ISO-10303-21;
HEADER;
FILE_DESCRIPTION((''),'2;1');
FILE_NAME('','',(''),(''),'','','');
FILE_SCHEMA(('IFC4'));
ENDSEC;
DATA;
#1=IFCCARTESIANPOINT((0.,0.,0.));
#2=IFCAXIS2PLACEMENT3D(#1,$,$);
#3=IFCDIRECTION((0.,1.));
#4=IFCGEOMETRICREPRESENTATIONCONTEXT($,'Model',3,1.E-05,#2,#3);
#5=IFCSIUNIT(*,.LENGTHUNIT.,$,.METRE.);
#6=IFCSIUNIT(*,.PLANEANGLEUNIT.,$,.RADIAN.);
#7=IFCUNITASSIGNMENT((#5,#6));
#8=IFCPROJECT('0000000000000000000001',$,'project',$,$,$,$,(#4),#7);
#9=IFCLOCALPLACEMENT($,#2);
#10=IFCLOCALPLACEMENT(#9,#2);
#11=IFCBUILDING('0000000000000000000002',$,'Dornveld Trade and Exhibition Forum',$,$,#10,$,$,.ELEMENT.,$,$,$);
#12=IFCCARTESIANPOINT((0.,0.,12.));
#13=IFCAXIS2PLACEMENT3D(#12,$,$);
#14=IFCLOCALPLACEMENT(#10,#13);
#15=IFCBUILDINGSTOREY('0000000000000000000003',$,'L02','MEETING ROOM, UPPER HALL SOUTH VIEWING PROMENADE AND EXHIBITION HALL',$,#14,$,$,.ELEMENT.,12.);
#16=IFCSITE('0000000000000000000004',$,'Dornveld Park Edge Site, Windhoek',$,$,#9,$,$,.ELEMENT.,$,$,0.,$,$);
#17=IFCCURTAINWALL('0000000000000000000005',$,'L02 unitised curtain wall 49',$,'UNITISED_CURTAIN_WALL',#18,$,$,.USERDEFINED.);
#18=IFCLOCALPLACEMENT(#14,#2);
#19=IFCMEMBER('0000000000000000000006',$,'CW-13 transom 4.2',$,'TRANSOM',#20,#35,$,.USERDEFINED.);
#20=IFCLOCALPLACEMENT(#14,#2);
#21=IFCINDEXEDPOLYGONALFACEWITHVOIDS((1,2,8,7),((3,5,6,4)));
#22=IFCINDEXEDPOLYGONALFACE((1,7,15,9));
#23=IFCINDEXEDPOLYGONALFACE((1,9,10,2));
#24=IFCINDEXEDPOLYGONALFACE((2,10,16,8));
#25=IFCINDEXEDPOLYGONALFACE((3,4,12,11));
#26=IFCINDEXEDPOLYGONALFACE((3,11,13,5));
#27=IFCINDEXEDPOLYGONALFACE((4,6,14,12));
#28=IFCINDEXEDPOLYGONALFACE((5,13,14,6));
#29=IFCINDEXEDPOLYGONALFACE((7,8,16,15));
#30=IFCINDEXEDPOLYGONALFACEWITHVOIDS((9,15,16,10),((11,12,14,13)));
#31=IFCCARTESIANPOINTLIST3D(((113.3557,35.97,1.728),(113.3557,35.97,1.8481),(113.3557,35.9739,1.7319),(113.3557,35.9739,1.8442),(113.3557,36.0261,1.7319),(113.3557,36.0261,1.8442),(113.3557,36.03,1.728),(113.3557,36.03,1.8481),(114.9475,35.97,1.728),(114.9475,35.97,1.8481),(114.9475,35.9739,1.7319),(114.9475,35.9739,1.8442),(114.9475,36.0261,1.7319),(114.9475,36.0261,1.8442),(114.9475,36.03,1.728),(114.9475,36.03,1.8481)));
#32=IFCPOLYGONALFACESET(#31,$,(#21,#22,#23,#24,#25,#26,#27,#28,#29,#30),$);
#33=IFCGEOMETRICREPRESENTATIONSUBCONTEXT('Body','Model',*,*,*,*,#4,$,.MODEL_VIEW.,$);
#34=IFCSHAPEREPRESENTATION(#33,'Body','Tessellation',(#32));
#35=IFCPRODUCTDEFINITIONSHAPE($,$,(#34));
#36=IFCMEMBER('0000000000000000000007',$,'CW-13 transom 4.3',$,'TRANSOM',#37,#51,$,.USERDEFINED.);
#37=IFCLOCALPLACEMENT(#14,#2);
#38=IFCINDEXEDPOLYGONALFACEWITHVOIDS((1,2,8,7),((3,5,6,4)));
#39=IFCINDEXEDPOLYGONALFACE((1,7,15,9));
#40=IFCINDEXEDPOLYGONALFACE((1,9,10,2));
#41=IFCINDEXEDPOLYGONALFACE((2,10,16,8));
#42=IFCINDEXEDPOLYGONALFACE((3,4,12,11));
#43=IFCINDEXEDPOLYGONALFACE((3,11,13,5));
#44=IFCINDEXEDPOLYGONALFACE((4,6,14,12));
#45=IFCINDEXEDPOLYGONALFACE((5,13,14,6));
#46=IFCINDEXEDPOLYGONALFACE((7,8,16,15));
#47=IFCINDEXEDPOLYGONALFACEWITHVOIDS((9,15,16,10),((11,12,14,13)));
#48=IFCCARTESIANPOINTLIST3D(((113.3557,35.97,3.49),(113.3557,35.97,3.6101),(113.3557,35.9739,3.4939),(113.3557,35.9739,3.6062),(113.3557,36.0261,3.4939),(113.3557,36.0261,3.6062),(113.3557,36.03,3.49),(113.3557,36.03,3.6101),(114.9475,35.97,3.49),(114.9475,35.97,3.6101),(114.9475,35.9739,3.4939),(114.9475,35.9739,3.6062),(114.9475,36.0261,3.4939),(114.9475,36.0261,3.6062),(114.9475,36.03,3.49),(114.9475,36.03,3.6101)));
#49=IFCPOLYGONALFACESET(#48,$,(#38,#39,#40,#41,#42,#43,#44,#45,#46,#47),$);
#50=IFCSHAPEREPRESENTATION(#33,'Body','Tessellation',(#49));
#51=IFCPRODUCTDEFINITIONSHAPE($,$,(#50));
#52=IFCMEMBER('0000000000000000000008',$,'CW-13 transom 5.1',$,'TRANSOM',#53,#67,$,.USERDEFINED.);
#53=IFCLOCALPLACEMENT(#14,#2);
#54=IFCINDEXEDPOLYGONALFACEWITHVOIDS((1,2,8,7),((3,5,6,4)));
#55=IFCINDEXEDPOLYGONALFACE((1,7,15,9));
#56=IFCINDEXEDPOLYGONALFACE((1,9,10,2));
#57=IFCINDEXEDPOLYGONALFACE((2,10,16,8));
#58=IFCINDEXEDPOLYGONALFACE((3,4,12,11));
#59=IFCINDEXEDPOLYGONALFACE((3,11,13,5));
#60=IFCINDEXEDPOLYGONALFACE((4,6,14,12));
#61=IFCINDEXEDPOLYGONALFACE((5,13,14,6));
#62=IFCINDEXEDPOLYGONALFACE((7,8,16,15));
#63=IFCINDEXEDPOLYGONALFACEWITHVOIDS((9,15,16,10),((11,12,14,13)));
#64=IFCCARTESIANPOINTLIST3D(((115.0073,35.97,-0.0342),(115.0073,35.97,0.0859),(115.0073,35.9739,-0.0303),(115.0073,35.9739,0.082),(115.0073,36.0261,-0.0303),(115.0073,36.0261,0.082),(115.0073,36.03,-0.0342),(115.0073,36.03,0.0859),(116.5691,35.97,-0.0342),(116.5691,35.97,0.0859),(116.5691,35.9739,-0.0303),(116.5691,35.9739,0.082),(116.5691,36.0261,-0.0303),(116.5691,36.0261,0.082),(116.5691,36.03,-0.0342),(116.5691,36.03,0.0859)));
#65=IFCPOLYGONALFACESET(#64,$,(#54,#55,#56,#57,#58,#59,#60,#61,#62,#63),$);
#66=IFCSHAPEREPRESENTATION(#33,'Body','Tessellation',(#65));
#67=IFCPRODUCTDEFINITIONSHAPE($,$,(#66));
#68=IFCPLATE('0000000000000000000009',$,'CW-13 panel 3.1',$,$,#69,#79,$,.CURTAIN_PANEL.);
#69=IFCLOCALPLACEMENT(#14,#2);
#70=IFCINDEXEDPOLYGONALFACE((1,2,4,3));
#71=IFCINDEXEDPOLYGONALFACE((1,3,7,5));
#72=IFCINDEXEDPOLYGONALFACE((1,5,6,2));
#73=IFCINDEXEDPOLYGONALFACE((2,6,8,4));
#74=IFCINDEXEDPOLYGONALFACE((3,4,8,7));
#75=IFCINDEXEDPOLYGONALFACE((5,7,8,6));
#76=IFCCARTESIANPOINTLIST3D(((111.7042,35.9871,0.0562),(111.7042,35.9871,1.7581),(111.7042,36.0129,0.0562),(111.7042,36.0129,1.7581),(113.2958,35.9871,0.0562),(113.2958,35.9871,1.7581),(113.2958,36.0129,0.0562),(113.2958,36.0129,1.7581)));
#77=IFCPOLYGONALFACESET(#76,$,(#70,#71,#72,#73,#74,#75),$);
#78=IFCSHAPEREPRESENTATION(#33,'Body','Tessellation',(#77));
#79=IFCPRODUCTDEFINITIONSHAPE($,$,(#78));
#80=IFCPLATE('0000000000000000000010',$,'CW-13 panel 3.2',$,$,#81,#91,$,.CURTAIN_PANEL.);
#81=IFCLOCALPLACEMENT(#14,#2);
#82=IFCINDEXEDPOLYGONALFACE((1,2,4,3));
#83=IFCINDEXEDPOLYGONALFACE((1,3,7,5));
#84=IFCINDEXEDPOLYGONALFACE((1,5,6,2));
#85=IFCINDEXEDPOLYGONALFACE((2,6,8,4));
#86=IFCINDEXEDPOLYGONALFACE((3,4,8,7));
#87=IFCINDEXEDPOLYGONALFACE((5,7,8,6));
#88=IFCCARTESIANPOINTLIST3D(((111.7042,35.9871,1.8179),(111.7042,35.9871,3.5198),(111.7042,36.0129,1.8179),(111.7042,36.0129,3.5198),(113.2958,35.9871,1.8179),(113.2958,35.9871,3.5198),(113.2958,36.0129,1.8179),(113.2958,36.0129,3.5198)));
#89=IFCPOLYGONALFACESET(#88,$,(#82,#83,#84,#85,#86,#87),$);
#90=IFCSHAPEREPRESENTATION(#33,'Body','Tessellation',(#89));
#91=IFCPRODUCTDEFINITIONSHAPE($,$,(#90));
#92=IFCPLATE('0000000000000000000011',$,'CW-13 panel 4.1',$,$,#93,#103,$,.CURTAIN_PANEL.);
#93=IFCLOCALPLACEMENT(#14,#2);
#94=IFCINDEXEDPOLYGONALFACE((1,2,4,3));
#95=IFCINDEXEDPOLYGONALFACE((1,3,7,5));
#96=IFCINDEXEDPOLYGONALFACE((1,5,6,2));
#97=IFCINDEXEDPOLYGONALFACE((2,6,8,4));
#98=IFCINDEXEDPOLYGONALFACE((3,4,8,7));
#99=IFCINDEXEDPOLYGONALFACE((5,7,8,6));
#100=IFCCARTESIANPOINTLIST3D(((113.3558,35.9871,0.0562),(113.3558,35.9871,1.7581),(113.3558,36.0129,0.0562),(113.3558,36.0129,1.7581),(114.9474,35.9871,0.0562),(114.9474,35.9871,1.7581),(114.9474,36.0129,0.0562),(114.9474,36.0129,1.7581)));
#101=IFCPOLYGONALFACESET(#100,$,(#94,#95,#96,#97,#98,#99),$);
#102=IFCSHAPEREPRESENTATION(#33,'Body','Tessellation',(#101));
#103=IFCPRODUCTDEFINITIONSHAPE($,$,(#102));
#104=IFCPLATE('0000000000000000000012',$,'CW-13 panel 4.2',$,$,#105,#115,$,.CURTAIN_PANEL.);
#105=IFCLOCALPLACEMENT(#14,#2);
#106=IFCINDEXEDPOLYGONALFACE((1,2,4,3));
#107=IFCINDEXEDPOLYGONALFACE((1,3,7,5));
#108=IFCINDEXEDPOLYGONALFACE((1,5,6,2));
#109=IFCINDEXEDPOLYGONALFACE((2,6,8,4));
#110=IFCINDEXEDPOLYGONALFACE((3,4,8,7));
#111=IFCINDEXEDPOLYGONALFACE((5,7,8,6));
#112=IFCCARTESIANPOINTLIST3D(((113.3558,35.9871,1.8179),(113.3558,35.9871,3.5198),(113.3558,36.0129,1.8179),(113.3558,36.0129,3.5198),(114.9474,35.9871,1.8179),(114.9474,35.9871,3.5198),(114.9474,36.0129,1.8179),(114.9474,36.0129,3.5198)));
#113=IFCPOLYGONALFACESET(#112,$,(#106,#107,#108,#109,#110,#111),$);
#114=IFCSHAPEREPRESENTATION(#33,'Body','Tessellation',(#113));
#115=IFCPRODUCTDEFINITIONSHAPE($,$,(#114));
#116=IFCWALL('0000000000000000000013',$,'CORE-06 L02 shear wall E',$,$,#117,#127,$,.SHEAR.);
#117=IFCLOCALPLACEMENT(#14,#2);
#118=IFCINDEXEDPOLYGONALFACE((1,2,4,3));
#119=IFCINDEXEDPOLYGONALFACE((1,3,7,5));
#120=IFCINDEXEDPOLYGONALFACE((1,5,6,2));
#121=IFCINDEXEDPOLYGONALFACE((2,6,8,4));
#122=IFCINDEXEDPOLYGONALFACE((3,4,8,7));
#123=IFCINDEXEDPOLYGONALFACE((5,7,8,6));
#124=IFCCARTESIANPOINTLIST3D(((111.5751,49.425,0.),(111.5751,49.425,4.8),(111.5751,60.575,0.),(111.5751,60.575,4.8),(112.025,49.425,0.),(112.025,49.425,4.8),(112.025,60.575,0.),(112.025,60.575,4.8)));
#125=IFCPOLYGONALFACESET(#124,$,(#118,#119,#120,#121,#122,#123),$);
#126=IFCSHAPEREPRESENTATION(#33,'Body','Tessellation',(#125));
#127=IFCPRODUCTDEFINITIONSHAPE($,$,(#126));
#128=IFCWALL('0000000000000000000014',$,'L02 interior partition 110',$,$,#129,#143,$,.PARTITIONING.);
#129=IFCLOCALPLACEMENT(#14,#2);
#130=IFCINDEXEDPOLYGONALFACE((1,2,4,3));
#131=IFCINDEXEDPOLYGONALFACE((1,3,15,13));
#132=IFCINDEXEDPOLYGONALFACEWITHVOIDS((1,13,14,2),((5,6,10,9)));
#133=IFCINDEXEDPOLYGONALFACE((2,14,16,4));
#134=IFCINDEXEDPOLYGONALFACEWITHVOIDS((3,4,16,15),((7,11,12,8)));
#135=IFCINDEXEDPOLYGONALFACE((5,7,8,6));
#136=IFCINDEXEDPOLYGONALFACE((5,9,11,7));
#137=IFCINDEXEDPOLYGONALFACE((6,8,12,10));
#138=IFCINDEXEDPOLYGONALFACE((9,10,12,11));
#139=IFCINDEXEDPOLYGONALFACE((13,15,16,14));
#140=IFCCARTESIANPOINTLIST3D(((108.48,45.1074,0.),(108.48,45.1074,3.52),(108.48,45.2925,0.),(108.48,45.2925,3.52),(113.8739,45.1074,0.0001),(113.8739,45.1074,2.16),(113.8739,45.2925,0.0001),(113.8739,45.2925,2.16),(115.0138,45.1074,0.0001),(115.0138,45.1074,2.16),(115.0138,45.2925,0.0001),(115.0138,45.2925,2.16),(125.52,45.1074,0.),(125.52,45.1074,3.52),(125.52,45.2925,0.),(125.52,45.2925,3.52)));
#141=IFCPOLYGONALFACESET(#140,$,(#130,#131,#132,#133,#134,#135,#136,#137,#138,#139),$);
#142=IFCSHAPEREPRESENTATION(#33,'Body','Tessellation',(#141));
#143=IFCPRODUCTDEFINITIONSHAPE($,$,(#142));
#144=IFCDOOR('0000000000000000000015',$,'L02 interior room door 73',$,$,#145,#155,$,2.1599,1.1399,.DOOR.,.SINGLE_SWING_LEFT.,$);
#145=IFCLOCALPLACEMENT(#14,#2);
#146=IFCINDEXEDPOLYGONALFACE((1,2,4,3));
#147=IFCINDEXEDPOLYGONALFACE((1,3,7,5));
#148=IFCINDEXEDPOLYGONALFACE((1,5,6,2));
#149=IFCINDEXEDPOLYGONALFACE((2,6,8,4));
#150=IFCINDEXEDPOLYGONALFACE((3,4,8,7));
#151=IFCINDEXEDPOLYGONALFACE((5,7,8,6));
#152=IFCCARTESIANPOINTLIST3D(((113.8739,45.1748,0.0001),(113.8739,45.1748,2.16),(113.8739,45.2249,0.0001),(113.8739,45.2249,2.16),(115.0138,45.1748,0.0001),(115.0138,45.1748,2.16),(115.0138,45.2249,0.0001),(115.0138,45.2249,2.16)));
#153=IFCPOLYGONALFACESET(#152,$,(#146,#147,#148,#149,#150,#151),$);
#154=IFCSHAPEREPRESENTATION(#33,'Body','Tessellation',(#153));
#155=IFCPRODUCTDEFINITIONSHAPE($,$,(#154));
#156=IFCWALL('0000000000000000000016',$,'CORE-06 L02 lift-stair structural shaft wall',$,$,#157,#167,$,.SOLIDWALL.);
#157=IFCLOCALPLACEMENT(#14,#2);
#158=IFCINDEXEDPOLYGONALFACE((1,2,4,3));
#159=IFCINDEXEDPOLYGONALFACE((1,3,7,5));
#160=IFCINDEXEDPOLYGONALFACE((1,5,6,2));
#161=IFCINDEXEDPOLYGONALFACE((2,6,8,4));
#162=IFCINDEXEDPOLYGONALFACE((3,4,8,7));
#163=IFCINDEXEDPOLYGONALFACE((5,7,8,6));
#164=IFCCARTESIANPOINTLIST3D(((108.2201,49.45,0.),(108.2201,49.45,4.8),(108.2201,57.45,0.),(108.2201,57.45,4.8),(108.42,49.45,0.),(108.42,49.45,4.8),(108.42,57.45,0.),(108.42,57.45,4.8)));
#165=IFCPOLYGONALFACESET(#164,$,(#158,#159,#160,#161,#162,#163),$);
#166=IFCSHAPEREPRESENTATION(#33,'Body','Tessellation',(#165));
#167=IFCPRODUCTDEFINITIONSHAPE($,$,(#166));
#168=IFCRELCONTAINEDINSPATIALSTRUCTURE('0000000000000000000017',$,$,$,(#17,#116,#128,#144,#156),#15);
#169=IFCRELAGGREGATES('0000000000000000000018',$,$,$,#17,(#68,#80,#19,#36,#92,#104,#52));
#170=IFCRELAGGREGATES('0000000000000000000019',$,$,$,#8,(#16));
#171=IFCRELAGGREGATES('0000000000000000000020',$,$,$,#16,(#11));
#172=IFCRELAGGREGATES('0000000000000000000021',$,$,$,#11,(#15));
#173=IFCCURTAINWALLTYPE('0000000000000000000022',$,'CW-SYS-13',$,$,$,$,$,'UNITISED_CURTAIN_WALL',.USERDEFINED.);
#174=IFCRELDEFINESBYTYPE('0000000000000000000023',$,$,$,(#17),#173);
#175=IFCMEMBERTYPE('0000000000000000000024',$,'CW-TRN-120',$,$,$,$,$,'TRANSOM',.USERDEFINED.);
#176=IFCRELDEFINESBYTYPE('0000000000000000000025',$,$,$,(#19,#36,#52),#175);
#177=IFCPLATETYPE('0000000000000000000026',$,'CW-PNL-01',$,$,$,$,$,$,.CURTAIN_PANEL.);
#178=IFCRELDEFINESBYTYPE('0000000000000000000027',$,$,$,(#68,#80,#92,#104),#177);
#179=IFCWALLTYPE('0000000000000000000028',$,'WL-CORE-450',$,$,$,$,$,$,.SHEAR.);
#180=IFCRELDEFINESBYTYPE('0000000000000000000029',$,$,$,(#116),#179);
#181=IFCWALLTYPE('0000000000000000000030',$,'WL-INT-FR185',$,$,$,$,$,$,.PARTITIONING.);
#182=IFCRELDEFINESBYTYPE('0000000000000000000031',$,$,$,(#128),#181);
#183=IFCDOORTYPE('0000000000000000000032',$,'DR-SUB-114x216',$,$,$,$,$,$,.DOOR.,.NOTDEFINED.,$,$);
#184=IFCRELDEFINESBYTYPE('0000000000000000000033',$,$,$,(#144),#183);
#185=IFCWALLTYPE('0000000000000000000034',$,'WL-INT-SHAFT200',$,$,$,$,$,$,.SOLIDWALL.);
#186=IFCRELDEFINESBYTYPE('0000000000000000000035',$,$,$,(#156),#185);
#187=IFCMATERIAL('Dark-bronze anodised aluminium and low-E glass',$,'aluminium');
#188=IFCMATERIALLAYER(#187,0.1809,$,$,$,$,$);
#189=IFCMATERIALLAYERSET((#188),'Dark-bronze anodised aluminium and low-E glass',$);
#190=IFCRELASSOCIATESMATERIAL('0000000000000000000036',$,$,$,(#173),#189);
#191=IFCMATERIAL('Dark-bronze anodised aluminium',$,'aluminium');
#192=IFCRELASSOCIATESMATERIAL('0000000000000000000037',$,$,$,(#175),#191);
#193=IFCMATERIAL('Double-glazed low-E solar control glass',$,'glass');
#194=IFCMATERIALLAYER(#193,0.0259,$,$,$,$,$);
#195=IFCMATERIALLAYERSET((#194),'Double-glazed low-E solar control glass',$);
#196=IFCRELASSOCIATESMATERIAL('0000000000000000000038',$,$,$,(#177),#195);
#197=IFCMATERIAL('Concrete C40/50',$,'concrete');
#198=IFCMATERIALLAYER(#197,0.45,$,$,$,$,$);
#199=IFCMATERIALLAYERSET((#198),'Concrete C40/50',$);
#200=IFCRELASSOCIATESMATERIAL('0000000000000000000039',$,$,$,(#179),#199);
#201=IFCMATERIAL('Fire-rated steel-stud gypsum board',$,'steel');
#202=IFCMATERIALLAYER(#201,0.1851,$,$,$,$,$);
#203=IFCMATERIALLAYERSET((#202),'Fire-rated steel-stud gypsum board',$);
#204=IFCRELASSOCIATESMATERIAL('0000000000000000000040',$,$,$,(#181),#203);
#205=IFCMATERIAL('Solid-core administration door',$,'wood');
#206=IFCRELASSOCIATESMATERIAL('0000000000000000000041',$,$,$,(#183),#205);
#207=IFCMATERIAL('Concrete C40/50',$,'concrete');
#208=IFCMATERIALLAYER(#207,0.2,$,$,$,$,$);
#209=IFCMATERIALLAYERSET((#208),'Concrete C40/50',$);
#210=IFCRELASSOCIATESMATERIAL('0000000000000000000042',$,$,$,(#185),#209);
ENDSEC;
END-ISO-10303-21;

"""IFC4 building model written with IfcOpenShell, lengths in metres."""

from ifc_helpers import new_model, si_unit, direction, frame, frame_2d, origin, origin_2d, place, context, subcontext, project, spatial, rectangle, hollow_rectangle, extrude, material, layer, layer_set, material_profile, profile_set, type_object, element, fill, aggregate, save


model = new_model("IFC4")

# Units and contexts
model_context = context("Model", 3, precision=1e-05, world=origin(), true_north=direction((0.0, 1.0)))
body_context = subcontext(model_context, "Body", "Model", "MODEL_VIEW")
ifc_project = project(units=[si_unit("LENGTHUNIT", "METRE"), si_unit("PLANEANGLEUNIT", "RADIAN")], contexts=[model_context])

# Site, building, storey
site_placement = place(None, origin())
site = spatial("IfcSite", under=ifc_project, at=site_placement, Name="Dornveld Park Edge Site, Windhoek", CompositionType="ELEMENT", RefElevation=0.0)
building_placement = place(site_placement, origin())
building = spatial("IfcBuilding", under=site, at=building_placement, Name="Dornveld Trade and Exhibition Forum", CompositionType="ELEMENT")
storey_placement = place(building_placement, frame((0.0, 0.0, 12.0)))
storey = spatial("IfcBuildingStorey", under=building, at=storey_placement, Name="L02", Description="MEETING ROOM, UPPER HALL SOUTH VIEWING PROMENADE AND EXHIBITION HALL", CompositionType="ELEMENT", Elevation=12.0)

# Curtain wall, members, plates
ifc_material_1 = material(Name="Dark-bronze anodised aluminium and low-E glass", Category="aluminium")
ifc_layer_1 = layer(ifc_material_1, 0.1809)
ifc_layer_set_1 = layer_set([ifc_layer_1], Name="Dark-bronze anodised aluminium and low-E glass")
curtain_wall_type = type_object("IfcCurtainWallType", Name="CW-SYS-13", ElementType="UNITISED_CURTAIN_WALL", PredefinedType="USERDEFINED", material=ifc_layer_set_1)
curtain_wall_placement = place(storey_placement, origin())
curtain_wall = element("IfcCurtainWall", 1, at=curtain_wall_placement, inside=storey, type_object=curtain_wall_type, Name="L02 unitised curtain wall 49", ObjectType="UNITISED_CURTAIN_WALL", PredefinedType="USERDEFINED")
ifc_material_2 = material(Name="Dark-bronze anodised aluminium", Category="aluminium")
ifc_material_profile_1 = material_profile(ifc_material_2, hollow_rectangle(XDim=0.0601, YDim=0.1201, WallThickness=0.0039, at=origin_2d()), Name="RHS 120x60x4")
ifc_profile_set_1 = profile_set([ifc_material_profile_1], Name="Dark-bronze anodised aluminium")
member_type_1 = type_object("IfcMemberType", Name="CW-TRN-120", ElementType="TRANSOM", PredefinedType="USERDEFINED", material=ifc_profile_set_1)
member_1_placement = place(storey_placement, frame((113.3557, 36.0, 1.7881), z_axis=(1.0, 0.0, 0.0), x_axis=(0.0, 1.0, 0.0)))
member_1 = element("IfcMember", 2, at=member_1_placement, type_object=member_type_1, Name="CW-13 transom 4.2", ObjectType="TRANSOM", PredefinedType="USERDEFINED", context=body_context, shape_type="SweptSolid", body=[
    extrude(hollow_rectangle(XDim=0.0601, YDim=0.1201, WallThickness=0.0039, at=origin_2d()), origin(), (0.0, 0.0, 1.0), 1.5918),
])
member_2_placement = place(storey_placement, frame((113.3557, 36.0, 3.55), z_axis=(1.0, 0.0, 0.0), x_axis=(0.0, 1.0, 0.0)))
member_2 = element("IfcMember", 3, at=member_2_placement, type_object=member_type_1, Name="CW-13 transom 4.3", ObjectType="TRANSOM", PredefinedType="USERDEFINED", context=body_context, shape_type="SweptSolid", body=[
    extrude(hollow_rectangle(XDim=0.0601, YDim=0.1201, WallThickness=0.0039, at=origin_2d()), origin(), (0.0, 0.0, 1.0), 1.5918),
])
member_3_placement = place(storey_placement, frame((115.0073, 36.0, 0.0259), z_axis=(1.0, 0.0, 0.0), x_axis=(0.0, 1.0, 0.0)))
member_3 = element("IfcMember", 4, at=member_3_placement, type_object=member_type_1, Name="CW-13 transom 5.1", ObjectType="TRANSOM", PredefinedType="USERDEFINED", context=body_context, shape_type="SweptSolid", body=[
    extrude(hollow_rectangle(XDim=0.0601, YDim=0.1201, WallThickness=0.0039, at=origin_2d()), origin(), (0.0, 0.0, 1.0), 1.5618),
])
ifc_material_3 = material(Name="Double-glazed low-E solar control glass", Category="glass")
ifc_layer_2 = layer(ifc_material_3, 0.0259)
ifc_layer_set_2 = layer_set([ifc_layer_2], Name="Double-glazed low-E solar control glass")
plate_type = type_object("IfcPlateType", Name="CW-PNL-01", PredefinedType="CURTAIN_PANEL", material=ifc_layer_set_2)
plate_1_placement = place(storey_placement, frame((112.5, 36.0, 0.0562), z_axis=(0.0, 0.0, 1.0), x_axis=(1.0, 0.0, 0.0)))
plate_1 = element("IfcPlate", 5, at=plate_1_placement, type_object=plate_type, Name="CW-13 panel 3.1", PredefinedType="CURTAIN_PANEL", context=body_context, shape_type="SweptSolid", body=[
    extrude(rectangle(XDim=1.5916, YDim=0.0259, at=origin_2d()), origin(), (0.0, 0.0, 1.0), 1.7019),
])
plate_2_placement = place(storey_placement, frame((112.5, 36.0, 1.8179), z_axis=(0.0, 0.0, 1.0), x_axis=(1.0, 0.0, 0.0)))
plate_2 = element("IfcPlate", 6, at=plate_2_placement, type_object=plate_type, Name="CW-13 panel 3.2", PredefinedType="CURTAIN_PANEL", context=body_context, shape_type="SweptSolid", body=[
    extrude(rectangle(XDim=1.5916, YDim=0.0259, at=origin_2d()), origin(), (0.0, 0.0, 1.0), 1.7019),
])
plate_3_placement = place(storey_placement, frame((114.1516, 36.0, 0.0562), z_axis=(0.0, 0.0, 1.0), x_axis=(1.0, 0.0, 0.0)))
plate_3 = element("IfcPlate", 7, at=plate_3_placement, type_object=plate_type, Name="CW-13 panel 4.1", PredefinedType="CURTAIN_PANEL", context=body_context, shape_type="SweptSolid", body=[
    extrude(rectangle(XDim=1.5916, YDim=0.0259, at=origin_2d()), origin(), (0.0, 0.0, 1.0), 1.7019),
])
plate_4_placement = place(storey_placement, frame((114.1516, 36.0, 1.8179), z_axis=(0.0, 0.0, 1.0), x_axis=(1.0, 0.0, 0.0)))
plate_4 = element("IfcPlate", 8, at=plate_4_placement, type_object=plate_type, Name="CW-13 panel 4.2", PredefinedType="CURTAIN_PANEL", context=body_context, shape_type="SweptSolid", body=[
    extrude(rectangle(XDim=1.5916, YDim=0.0259, at=origin_2d()), origin(), (0.0, 0.0, 1.0), 1.7019),
])
aggregate(curtain_wall, [plate_1, plate_2, member_1, member_2, plate_3, plate_4, member_3])

# Wall
ifc_material_4 = material(Name="Concrete C40/50", Category="concrete")
ifc_layer_3 = layer(ifc_material_4, 0.45)
ifc_layer_set_3 = layer_set([ifc_layer_3], Name="Concrete C40/50")
wall_type_1 = type_object("IfcWallType", Name="WL-CORE-450", PredefinedType="SHEAR", material=ifc_layer_set_3)
wall_1_placement = place(storey_placement, frame((111.8, 49.425, 0.0), z_axis=(0.0, 0.0, 1.0), x_axis=(0.0, 1.0, 0.0)))
element("IfcWall", 9, at=wall_1_placement, inside=storey, type_object=wall_type_1, Name="CORE-06 L02 shear wall E", PredefinedType="SHEAR", context=body_context, shape_type="SweptSolid", body=[
    extrude(rectangle(XDim=11.1499, YDim=0.45, at=frame_2d((5.575, 0.0))), origin(), (0.0, 0.0, 1.0), 4.8),
])

# Wall, opening, door
ifc_material_5 = material(Name="Fire-rated steel-stud gypsum board", Category="steel")
ifc_layer_4 = layer(ifc_material_5, 0.1851)
ifc_layer_set_4 = layer_set([ifc_layer_4], Name="Fire-rated steel-stud gypsum board")
wall_type_2 = type_object("IfcWallType", Name="WL-INT-FR185", PredefinedType="PARTITIONING", material=ifc_layer_set_4)
wall_2_placement = place(storey_placement, frame((108.48, 45.2, 0.0), z_axis=(0.0, 0.0, 1.0), x_axis=(1.0, 0.0, 0.0)))
wall_2 = element("IfcWall", 10, at=wall_2_placement, inside=storey, type_object=wall_type_2, Name="L02 interior partition 110", PredefinedType="PARTITIONING", context=body_context, shape_type="SweptSolid", body=[
    extrude(rectangle(XDim=17.04, YDim=0.1851, at=frame_2d((8.52, 0.0))), origin(), (0.0, 0.0, 1.0), 3.52),
])
opening_placement = place(wall_2_placement, frame((5.394, 0.0, 0.0)))
opening = element("IfcOpeningElement", 11, at=opening_placement, cuts=wall_2, PredefinedType="OPENING", context=body_context, shape_type="SweptSolid", body=[
    extrude(rectangle(XDim=1.1399, YDim=2.1599, at=frame_2d((0.5698, 1.0801))), frame((0.0, 0.1025, 0.0), z_axis=(0.0, -1.0, 0.0), x_axis=(1.0, 0.0, 0.0)), (0.0, 0.0, 1.0), 0.2051),
])
ifc_material_6 = material(Name="Solid-core administration door", Category="wood")
door_type = type_object("IfcDoorType", Name="DR-SUB-114x216", OperationType="NOTDEFINED", PredefinedType="DOOR", material=ifc_material_6)
door_placement = place(opening_placement, origin())
door = element("IfcDoor", 12, at=door_placement, inside=storey, type_object=door_type, Name="L02 interior room door 73", OperationType="SINGLE_SWING_LEFT", OverallHeight=2.1599, OverallWidth=1.1399, PredefinedType="DOOR", context=body_context, shape_type="SweptSolid", body=[
    extrude(rectangle(XDim=1.1399, YDim=2.1599, at=frame_2d((0.5698, 1.0801))), frame((0.0, 0.0249, 0.0), z_axis=(0.0, -1.0, 0.0), x_axis=(1.0, 0.0, 0.0)), (0.0, 0.0, 1.0), 0.05),
])
fill(opening, door)

# Wall
ifc_material_7 = material(Name="Concrete C40/50", Category="concrete")
ifc_layer_5 = layer(ifc_material_7, 0.2)
ifc_layer_set_5 = layer_set([ifc_layer_5], Name="Concrete C40/50")
wall_type_3 = type_object("IfcWallType", Name="WL-INT-SHAFT200", PredefinedType="SOLIDWALL", material=ifc_layer_set_5)
wall_3_placement = place(storey_placement, frame((108.3201, 49.45, 0.0), z_axis=(0.0, 0.0, 1.0), x_axis=(0.0, 1.0, 0.0)))
element("IfcWall", 13, at=wall_3_placement, inside=storey, type_object=wall_type_3, Name="CORE-06 L02 lift-stair structural shaft wall", PredefinedType="SOLIDWALL", context=body_context, shape_type="SweptSolid", body=[
    extrude(rectangle(XDim=8.0, YDim=0.2, at=frame_2d((4.0, 0.0))), origin(), (0.0, 0.0, 1.0), 4.8),
])

save(model, "model.ifc")
